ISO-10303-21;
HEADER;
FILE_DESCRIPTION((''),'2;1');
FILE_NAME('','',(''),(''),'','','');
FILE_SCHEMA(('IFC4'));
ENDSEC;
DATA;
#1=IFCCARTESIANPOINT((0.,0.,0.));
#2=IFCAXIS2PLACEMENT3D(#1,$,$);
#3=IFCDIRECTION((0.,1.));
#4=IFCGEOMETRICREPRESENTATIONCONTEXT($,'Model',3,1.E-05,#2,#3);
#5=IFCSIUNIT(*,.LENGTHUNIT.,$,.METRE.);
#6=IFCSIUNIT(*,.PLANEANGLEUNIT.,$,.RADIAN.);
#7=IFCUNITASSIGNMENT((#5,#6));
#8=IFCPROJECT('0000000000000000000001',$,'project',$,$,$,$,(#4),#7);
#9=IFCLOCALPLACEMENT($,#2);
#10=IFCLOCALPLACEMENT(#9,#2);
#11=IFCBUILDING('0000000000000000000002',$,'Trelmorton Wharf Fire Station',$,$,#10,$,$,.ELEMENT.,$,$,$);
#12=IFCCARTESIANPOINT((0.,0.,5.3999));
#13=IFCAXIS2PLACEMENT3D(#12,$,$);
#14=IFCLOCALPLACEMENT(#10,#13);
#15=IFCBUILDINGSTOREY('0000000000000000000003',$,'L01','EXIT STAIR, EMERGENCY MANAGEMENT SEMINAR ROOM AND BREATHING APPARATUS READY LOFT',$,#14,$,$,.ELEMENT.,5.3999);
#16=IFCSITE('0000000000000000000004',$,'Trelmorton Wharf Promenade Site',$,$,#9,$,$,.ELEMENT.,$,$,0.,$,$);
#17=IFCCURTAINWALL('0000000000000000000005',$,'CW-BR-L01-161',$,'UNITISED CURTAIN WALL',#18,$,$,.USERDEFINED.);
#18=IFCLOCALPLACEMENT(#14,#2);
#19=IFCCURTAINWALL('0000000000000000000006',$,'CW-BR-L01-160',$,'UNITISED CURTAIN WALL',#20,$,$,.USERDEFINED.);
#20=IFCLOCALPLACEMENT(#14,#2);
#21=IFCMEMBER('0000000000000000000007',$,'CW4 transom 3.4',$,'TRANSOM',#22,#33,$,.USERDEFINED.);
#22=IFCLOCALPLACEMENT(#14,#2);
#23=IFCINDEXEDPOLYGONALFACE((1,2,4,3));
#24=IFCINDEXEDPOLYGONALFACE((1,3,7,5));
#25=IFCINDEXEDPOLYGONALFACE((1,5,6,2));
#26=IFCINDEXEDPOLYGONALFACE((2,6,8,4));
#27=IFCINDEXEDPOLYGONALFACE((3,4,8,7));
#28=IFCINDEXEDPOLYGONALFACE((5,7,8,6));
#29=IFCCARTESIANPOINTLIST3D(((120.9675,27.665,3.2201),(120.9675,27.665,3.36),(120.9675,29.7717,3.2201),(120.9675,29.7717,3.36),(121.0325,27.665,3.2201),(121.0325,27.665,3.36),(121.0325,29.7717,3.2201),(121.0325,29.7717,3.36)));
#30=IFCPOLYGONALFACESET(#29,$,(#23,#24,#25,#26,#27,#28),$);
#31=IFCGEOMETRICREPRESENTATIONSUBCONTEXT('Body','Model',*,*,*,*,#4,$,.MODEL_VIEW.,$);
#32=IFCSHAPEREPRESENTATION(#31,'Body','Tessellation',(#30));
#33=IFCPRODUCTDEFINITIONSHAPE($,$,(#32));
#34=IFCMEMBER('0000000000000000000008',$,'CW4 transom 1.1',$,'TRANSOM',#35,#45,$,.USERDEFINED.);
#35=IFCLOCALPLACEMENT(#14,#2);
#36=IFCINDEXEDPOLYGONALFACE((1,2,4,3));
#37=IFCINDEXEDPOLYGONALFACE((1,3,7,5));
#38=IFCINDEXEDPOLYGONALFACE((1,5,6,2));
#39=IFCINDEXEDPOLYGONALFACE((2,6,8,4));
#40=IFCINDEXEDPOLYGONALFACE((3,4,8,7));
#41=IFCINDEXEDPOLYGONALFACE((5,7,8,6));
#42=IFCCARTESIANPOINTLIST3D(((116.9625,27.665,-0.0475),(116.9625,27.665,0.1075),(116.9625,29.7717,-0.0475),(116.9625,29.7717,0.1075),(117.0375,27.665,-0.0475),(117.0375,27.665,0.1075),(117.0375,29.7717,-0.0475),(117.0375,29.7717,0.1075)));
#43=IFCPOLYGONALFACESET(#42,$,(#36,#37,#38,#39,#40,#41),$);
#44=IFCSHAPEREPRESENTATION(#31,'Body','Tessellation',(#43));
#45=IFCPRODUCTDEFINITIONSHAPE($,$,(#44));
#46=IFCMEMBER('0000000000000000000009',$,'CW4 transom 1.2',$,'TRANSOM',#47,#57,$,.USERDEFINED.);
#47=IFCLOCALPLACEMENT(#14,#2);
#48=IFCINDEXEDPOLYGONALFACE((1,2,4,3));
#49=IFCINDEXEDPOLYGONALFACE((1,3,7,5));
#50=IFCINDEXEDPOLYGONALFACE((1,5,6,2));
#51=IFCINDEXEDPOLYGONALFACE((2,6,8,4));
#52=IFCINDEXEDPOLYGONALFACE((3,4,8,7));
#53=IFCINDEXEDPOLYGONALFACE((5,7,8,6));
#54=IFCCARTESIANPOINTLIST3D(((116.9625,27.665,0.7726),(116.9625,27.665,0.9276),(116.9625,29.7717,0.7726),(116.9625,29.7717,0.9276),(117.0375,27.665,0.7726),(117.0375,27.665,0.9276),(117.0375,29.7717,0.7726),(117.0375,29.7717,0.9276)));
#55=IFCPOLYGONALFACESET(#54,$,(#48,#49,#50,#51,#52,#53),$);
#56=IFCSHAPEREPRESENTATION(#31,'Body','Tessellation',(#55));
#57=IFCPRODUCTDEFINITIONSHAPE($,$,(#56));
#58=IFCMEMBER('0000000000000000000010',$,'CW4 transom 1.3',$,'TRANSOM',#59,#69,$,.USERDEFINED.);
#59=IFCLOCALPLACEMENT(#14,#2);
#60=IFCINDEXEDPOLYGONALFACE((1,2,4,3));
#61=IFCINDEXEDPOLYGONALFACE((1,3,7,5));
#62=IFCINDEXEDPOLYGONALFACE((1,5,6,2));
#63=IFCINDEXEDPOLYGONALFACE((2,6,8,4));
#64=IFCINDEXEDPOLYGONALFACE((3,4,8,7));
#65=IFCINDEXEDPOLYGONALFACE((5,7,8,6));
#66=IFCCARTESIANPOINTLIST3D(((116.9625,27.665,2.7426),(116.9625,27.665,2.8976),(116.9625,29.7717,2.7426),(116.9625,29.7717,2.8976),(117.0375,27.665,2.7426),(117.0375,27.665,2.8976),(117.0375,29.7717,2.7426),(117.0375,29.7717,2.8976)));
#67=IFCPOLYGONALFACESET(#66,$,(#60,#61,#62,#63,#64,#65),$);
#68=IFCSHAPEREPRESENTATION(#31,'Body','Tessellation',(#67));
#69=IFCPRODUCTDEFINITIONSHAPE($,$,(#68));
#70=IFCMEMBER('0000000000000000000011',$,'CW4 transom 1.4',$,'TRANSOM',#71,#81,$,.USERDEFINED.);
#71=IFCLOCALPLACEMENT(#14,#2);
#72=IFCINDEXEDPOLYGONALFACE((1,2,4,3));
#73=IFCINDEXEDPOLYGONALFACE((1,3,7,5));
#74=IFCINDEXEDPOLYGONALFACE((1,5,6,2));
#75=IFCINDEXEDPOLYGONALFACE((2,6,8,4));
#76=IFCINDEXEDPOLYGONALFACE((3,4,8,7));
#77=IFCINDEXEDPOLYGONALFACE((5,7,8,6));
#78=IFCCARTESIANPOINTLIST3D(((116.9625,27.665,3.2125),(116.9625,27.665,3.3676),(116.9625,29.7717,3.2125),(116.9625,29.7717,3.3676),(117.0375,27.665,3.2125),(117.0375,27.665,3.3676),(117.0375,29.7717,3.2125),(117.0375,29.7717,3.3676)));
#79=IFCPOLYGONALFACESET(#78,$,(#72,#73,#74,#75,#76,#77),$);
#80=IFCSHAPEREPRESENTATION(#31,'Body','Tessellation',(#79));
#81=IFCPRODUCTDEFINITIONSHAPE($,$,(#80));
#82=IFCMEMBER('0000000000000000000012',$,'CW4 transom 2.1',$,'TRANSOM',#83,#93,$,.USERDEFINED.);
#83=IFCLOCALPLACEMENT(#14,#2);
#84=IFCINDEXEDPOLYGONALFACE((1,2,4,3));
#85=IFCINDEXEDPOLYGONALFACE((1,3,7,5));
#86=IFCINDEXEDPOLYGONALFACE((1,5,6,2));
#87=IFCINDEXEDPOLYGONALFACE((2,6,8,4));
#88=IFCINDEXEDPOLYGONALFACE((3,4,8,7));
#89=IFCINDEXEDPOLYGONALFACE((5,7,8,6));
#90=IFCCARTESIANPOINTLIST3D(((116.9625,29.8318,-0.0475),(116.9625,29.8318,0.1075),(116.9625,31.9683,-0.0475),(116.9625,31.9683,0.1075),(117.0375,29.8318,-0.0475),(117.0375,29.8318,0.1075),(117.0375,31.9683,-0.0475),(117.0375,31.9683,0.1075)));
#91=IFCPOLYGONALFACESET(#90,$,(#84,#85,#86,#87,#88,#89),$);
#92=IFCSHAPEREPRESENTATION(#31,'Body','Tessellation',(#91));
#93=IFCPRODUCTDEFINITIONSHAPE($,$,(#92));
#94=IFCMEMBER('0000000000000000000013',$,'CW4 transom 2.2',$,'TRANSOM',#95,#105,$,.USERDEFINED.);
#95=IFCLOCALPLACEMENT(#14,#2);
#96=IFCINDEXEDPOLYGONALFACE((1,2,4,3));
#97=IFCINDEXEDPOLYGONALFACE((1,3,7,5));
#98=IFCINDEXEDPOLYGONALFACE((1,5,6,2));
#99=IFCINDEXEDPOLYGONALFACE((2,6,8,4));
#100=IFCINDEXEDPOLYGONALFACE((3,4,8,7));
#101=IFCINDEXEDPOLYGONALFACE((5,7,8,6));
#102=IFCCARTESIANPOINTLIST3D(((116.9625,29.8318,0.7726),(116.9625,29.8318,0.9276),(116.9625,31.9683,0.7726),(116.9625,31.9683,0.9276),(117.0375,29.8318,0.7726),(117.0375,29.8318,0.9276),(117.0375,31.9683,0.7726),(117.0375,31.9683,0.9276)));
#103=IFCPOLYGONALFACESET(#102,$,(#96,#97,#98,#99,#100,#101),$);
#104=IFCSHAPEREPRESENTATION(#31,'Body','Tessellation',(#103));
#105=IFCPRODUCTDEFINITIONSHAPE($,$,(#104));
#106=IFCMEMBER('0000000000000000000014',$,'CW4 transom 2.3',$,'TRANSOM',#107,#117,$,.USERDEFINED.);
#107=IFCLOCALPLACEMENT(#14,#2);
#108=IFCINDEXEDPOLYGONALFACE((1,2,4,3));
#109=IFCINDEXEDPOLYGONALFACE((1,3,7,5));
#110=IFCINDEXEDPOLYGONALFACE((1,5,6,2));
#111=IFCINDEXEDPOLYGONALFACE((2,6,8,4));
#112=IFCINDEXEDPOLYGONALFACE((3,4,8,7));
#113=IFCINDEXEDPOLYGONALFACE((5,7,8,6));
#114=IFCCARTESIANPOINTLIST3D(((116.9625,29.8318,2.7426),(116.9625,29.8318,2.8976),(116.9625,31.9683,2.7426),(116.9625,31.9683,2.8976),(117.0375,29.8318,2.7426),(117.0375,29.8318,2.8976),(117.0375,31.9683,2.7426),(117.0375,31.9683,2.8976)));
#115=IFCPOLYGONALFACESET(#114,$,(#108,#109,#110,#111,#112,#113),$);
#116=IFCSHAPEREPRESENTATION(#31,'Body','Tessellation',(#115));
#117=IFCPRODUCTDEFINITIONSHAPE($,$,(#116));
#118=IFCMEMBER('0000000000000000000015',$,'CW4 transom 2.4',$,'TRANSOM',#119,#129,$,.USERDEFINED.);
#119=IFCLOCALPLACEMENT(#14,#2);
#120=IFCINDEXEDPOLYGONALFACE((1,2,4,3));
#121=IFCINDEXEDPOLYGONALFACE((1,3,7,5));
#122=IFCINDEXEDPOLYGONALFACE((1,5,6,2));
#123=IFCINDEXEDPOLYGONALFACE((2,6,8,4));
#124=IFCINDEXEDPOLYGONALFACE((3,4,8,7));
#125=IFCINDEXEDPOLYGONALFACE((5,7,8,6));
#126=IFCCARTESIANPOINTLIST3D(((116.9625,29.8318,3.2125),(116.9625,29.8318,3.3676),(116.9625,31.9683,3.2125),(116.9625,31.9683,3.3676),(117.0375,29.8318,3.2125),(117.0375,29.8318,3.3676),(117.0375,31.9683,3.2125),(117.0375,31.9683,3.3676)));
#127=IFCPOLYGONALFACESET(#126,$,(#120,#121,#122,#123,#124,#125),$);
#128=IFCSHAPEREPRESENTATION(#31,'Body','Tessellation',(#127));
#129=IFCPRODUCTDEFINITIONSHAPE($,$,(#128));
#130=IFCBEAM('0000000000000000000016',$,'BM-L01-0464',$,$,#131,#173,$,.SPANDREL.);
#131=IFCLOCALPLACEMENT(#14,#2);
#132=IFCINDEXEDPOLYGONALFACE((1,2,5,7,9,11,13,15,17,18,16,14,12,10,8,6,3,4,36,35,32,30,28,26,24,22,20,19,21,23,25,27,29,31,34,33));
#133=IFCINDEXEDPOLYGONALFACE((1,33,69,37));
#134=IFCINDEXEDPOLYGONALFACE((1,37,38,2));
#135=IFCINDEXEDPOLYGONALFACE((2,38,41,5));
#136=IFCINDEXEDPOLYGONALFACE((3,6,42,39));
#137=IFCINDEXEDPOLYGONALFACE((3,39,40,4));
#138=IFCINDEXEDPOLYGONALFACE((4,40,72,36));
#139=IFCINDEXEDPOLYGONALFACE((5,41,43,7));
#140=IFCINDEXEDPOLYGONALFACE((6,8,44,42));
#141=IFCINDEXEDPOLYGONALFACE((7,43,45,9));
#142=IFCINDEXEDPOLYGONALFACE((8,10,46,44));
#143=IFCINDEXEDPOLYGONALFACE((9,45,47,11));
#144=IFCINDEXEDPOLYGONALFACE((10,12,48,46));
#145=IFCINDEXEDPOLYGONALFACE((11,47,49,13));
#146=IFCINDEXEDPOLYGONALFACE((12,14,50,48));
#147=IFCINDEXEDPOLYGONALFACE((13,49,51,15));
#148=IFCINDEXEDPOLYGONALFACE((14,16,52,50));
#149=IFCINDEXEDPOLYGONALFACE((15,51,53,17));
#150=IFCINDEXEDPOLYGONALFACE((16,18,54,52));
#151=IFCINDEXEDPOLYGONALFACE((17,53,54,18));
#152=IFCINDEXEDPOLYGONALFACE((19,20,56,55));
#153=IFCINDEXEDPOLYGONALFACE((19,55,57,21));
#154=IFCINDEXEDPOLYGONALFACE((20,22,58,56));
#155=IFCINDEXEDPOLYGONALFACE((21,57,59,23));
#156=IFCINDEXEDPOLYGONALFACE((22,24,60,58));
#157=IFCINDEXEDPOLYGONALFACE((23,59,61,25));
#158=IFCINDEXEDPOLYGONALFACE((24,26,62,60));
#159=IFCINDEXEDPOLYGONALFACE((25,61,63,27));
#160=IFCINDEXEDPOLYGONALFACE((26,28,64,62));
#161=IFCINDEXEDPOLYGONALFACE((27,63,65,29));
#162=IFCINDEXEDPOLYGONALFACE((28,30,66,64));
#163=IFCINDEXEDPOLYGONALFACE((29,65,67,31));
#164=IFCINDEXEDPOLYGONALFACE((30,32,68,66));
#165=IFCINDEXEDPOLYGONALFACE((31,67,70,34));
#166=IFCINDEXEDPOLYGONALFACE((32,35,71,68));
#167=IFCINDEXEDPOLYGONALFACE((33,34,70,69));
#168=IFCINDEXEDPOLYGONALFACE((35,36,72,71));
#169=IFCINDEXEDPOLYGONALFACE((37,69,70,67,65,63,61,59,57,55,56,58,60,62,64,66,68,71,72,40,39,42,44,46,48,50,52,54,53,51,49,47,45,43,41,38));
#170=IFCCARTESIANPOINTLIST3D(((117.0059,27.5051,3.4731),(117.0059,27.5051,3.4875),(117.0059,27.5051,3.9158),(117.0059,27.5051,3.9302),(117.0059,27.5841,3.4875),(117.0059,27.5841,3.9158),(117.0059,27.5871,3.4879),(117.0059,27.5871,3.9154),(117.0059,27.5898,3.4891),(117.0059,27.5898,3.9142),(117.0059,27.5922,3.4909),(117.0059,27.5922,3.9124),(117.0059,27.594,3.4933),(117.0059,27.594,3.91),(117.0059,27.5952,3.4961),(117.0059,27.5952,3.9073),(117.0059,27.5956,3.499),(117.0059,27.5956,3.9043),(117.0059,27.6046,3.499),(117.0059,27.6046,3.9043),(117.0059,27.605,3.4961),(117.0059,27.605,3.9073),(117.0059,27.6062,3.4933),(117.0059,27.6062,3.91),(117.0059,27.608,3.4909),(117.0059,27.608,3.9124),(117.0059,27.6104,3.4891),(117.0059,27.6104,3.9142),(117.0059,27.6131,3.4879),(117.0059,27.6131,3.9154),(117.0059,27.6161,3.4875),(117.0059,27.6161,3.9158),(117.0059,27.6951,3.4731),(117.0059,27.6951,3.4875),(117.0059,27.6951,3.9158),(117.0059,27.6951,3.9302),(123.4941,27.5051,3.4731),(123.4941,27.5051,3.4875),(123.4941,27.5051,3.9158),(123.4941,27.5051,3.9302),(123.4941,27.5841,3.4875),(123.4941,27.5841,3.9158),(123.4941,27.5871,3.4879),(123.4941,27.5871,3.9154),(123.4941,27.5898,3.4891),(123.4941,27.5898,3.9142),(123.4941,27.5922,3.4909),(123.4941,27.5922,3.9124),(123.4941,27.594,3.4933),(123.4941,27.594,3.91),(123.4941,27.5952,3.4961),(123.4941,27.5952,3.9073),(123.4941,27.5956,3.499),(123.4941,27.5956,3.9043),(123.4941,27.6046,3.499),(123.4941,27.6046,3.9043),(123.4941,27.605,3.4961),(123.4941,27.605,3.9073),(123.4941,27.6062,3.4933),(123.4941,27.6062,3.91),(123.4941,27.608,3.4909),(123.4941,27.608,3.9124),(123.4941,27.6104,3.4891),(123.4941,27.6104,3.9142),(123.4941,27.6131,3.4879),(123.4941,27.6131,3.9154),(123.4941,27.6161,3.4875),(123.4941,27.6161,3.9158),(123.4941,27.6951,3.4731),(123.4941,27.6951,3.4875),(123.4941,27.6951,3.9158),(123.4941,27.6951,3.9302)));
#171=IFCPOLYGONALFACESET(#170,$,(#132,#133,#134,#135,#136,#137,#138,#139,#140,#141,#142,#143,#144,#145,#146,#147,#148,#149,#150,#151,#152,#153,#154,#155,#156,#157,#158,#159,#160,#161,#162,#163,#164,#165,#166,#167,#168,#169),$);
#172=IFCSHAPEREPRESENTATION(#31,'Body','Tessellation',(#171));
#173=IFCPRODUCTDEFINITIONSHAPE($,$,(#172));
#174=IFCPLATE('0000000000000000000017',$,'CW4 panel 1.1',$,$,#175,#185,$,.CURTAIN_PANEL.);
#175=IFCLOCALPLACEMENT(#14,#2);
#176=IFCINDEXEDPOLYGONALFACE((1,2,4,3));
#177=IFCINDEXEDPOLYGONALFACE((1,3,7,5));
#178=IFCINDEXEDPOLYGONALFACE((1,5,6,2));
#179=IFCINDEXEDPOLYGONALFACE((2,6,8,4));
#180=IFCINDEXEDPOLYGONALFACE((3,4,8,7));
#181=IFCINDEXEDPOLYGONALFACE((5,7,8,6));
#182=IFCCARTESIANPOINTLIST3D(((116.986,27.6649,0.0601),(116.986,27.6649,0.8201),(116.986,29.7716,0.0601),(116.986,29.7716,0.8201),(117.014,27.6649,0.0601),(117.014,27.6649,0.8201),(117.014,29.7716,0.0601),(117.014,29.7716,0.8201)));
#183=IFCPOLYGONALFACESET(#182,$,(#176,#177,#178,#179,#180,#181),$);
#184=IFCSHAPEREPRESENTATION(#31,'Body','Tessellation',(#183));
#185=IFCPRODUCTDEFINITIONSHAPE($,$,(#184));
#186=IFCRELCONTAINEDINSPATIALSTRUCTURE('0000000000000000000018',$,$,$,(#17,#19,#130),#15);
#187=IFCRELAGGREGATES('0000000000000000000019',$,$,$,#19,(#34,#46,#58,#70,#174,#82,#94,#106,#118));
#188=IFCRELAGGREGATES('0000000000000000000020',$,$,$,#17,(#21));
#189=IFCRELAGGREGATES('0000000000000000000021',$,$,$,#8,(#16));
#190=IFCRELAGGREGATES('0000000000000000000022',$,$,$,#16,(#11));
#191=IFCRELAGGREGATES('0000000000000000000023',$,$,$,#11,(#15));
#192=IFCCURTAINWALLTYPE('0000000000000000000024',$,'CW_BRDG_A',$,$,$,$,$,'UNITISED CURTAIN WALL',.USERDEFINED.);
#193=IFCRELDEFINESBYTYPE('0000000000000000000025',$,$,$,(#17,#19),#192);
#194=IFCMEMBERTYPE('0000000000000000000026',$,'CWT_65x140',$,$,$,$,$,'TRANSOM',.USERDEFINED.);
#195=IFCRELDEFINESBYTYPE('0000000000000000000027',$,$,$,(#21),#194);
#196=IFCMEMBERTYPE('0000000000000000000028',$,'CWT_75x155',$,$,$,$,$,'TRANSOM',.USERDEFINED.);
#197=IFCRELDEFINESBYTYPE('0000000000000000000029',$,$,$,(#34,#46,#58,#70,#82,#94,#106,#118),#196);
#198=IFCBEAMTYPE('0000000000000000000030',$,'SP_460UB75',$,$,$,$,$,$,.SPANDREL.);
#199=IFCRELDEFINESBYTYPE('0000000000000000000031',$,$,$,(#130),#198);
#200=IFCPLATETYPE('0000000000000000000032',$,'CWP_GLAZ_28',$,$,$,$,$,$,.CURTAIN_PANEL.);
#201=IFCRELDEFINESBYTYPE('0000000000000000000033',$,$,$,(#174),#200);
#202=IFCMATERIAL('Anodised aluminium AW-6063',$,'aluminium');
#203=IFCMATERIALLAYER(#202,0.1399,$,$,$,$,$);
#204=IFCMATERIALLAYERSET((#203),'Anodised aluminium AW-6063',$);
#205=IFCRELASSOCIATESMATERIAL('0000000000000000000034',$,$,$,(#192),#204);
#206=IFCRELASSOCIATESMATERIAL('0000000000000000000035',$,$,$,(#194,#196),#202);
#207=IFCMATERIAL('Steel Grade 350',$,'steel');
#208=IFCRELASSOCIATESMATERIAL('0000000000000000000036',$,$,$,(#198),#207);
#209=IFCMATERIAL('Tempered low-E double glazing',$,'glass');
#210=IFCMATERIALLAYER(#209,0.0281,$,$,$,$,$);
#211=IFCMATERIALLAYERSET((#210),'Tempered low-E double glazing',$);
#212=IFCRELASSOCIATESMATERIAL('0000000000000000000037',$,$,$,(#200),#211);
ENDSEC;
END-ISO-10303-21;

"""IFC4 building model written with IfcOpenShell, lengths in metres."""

from ifc_helpers import new_model, si_unit, direction, frame, origin, origin_2d, place, context, subcontext, project, spatial, rectangle, i_section, extrude, material, layer, layer_set, material_profile, profile_set, type_object, element, aggregate, save


model = new_model("IFC4")

# Units and contexts
model_context = context("Model", 3, precision=1e-05, world=origin(), true_north=direction((0.0, 1.0)))
body_context = subcontext(model_context, "Body", "Model", "MODEL_VIEW")
ifc_project = project(units=[si_unit("LENGTHUNIT", "METRE"), si_unit("PLANEANGLEUNIT", "RADIAN")], contexts=[model_context])

# Site, building, storey
site_placement = place(None, origin())
site = spatial("IfcSite", under=ifc_project, at=site_placement, Name="Trelmorton Wharf Promenade Site", CompositionType="ELEMENT", RefElevation=0.0)
building_placement = place(site_placement, origin())
building = spatial("IfcBuilding", under=site, at=building_placement, Name="Trelmorton Wharf Fire Station", CompositionType="ELEMENT")
storey_placement = place(building_placement, frame((0.0, 0.0, 5.3999)))
storey = spatial("IfcBuildingStorey", under=building, at=storey_placement, Name="L01", Description="EXIT STAIR, EMERGENCY MANAGEMENT SEMINAR ROOM AND BREATHING APPARATUS READY LOFT", CompositionType="ELEMENT", Elevation=5.3999)

# Shared definitions
ifc_material_1 = material(Name="Steel Grade 350", Category="steel")

# Curtain walls
ifc_material_2 = material(Name="Anodised aluminium AW-6063", Category="aluminium")
ifc_layer_1 = layer(ifc_material_2, 0.1399)
ifc_layer_set_1 = layer_set([ifc_layer_1], Name="Anodised aluminium AW-6063")
curtain_wall_type = type_object("IfcCurtainWallType", Name="CW_BRDG_A", ElementType="UNITISED CURTAIN WALL", PredefinedType="USERDEFINED", material=ifc_layer_set_1)
curtain_wall_1_placement = place(storey_placement, origin())
curtain_wall_1 = element("IfcCurtainWall", 1, at=curtain_wall_1_placement, inside=storey, type_object=curtain_wall_type, Name="CW-BR-L01-161", ObjectType="UNITISED CURTAIN WALL", PredefinedType="USERDEFINED")
curtain_wall_2_placement = place(storey_placement, origin())
curtain_wall_2 = element("IfcCurtainWall", 2, at=curtain_wall_2_placement, inside=storey, type_object=curtain_wall_type, Name="CW-BR-L01-160", ObjectType="UNITISED CURTAIN WALL", PredefinedType="USERDEFINED")

# Members
ifc_material_profile_1 = material_profile(ifc_material_2, rectangle(XDim=0.0649, YDim=0.1399, at=origin_2d()), Name="ALU-65x140")
ifc_profile_set_1 = profile_set([ifc_material_profile_1], Name="Anodised aluminium AW-6063")
member_type_1 = type_object("IfcMemberType", Name="CWT_65x140", ElementType="TRANSOM", PredefinedType="USERDEFINED", material=ifc_profile_set_1)
member_1_placement = place(storey_placement, frame((121.0, 29.7717, 3.29), z_axis=(0.0, -1.0, 0.0), x_axis=(1.0, 0.0, 0.0)))
member_1 = element("IfcMember", 3, at=member_1_placement, type_object=member_type_1, Name="CW4 transom 3.4", ObjectType="TRANSOM", PredefinedType="USERDEFINED", context=body_context, shape_type="SweptSolid", body=[
    extrude(rectangle(XDim=0.0649, YDim=0.1399, at=origin_2d()), origin(), (0.0, 0.0, 1.0), 2.1067),
])
ifc_material_profile_2 = material_profile(ifc_material_2, rectangle(XDim=0.075, YDim=0.155, at=origin_2d()), Name="ALU-75x155")
ifc_profile_set_2 = profile_set([ifc_material_profile_2], Name="Anodised aluminium AW-6063")
member_type_2 = type_object("IfcMemberType", Name="CWT_75x155", ElementType="TRANSOM", PredefinedType="USERDEFINED", material=ifc_profile_set_2)
member_2_placement = place(storey_placement, frame((117.0, 27.665, 0.03), z_axis=(0.0, 1.0, 0.0), x_axis=(-1.0, 0.0, 0.0)))
member_2 = element("IfcMember", 4, at=member_2_placement, type_object=member_type_2, Name="CW4 transom 1.1", ObjectType="TRANSOM", PredefinedType="USERDEFINED", context=body_context, shape_type="SweptSolid", body=[
    extrude(rectangle(XDim=0.075, YDim=0.155, at=origin_2d()), origin(), (0.0, 0.0, 1.0), 2.1067),
])
member_3_placement = place(storey_placement, frame((117.0, 27.665, 0.8501), z_axis=(0.0, 1.0, 0.0), x_axis=(-1.0, 0.0, 0.0)))
member_3 = element("IfcMember", 5, at=member_3_placement, type_object=member_type_2, Name="CW4 transom 1.2", ObjectType="TRANSOM", PredefinedType="USERDEFINED", context=body_context, shape_type="SweptSolid", body=[
    extrude(rectangle(XDim=0.075, YDim=0.155, at=origin_2d()), origin(), (0.0, 0.0, 1.0), 2.1067),
])
member_4_placement = place(storey_placement, frame((117.0, 27.665, 2.8201), z_axis=(0.0, 1.0, 0.0), x_axis=(-1.0, 0.0, 0.0)))
member_4 = element("IfcMember", 6, at=member_4_placement, type_object=member_type_2, Name="CW4 transom 1.3", ObjectType="TRANSOM", PredefinedType="USERDEFINED", context=body_context, shape_type="SweptSolid", body=[
    extrude(rectangle(XDim=0.075, YDim=0.155, at=origin_2d()), origin(), (0.0, 0.0, 1.0), 2.1067),
])
member_5_placement = place(storey_placement, frame((117.0, 27.665, 3.29), z_axis=(0.0, 1.0, 0.0), x_axis=(-1.0, 0.0, 0.0)))
member_5 = element("IfcMember", 7, at=member_5_placement, type_object=member_type_2, Name="CW4 transom 1.4", ObjectType="TRANSOM", PredefinedType="USERDEFINED", context=body_context, shape_type="SweptSolid", body=[
    extrude(rectangle(XDim=0.075, YDim=0.155, at=origin_2d()), origin(), (0.0, 0.0, 1.0), 2.1067),
])
member_6_placement = place(storey_placement, frame((117.0, 29.8318, 0.03), z_axis=(0.0, 1.0, 0.0), x_axis=(-1.0, 0.0, 0.0)))
member_6 = element("IfcMember", 8, at=member_6_placement, type_object=member_type_2, Name="CW4 transom 2.1", ObjectType="TRANSOM", PredefinedType="USERDEFINED", context=body_context, shape_type="SweptSolid", body=[
    extrude(rectangle(XDim=0.075, YDim=0.155, at=origin_2d()), origin(), (0.0, 0.0, 1.0), 2.1365),
])
member_7_placement = place(storey_placement, frame((117.0, 29.8318, 0.8501), z_axis=(0.0, 1.0, 0.0), x_axis=(-1.0, 0.0, 0.0)))
member_7 = element("IfcMember", 9, at=member_7_placement, type_object=member_type_2, Name="CW4 transom 2.2", ObjectType="TRANSOM", PredefinedType="USERDEFINED", context=body_context, shape_type="SweptSolid", body=[
    extrude(rectangle(XDim=0.075, YDim=0.155, at=origin_2d()), origin(), (0.0, 0.0, 1.0), 2.1365),
])
member_8_placement = place(storey_placement, frame((117.0, 29.8318, 2.8201), z_axis=(0.0, 1.0, 0.0), x_axis=(-1.0, 0.0, 0.0)))
member_8 = element("IfcMember", 10, at=member_8_placement, type_object=member_type_2, Name="CW4 transom 2.3", ObjectType="TRANSOM", PredefinedType="USERDEFINED", context=body_context, shape_type="SweptSolid", body=[
    extrude(rectangle(XDim=0.075, YDim=0.155, at=origin_2d()), origin(), (0.0, 0.0, 1.0), 2.1365),
])
member_9_placement = place(storey_placement, frame((117.0, 29.8318, 3.29), z_axis=(0.0, 1.0, 0.0), x_axis=(-1.0, 0.0, 0.0)))
member_9 = element("IfcMember", 11, at=member_9_placement, type_object=member_type_2, Name="CW4 transom 2.4", ObjectType="TRANSOM", PredefinedType="USERDEFINED", context=body_context, shape_type="SweptSolid", body=[
    extrude(rectangle(XDim=0.075, YDim=0.155, at=origin_2d()), origin(), (0.0, 0.0, 1.0), 2.1365),
])

# Beam
ifc_material_profile_3 = material_profile(ifc_material_1, i_section(OverallWidth=0.1899, OverallDepth=0.457, WebThickness=0.009, FlangeThickness=0.0144, FilletRadius=0.0115, at=origin_2d()), Name="460UB74.6")
ifc_profile_set_3 = profile_set([ifc_material_profile_3], Name="Steel Grade 350")
beam_type_1 = type_object("IfcBeamType", Name="SP_460UB75", PredefinedType="SPANDREL", material=ifc_profile_set_3)
beam_1_placement = place(storey_placement, frame((117.0059, 27.6001, 3.7017), z_axis=(1.0, 0.0, 0.0), x_axis=(0.0, 1.0, 0.0)))
element("IfcBeam", 12, at=beam_1_placement, inside=storey, type_object=beam_type_1, Name="BM-L01-0464", PredefinedType="SPANDREL", context=body_context, shape_type="SweptSolid", body=[
    extrude(i_section(OverallWidth=0.1899, OverallDepth=0.457, WebThickness=0.009, FlangeThickness=0.0144, FilletRadius=0.0115, at=origin_2d()), origin(), (0.0, 0.0, 1.0), 6.4883),
])

# Plate
ifc_material_3 = material(Name="Tempered low-E double glazing", Category="glass")
ifc_layer_2 = layer(ifc_material_3, 0.0281)
ifc_layer_set_2 = layer_set([ifc_layer_2], Name="Tempered low-E double glazing")
plate_type = type_object("IfcPlateType", Name="CWP_GLAZ_28", PredefinedType="CURTAIN_PANEL", material=ifc_layer_set_2)
plate_1_placement = place(storey_placement, frame((117.0, 28.7183, 0.0601), z_axis=(0.0, 0.0, 1.0), x_axis=(0.0, 1.0, 0.0)))
plate_1 = element("IfcPlate", 13, at=plate_1_placement, type_object=plate_type, Name="CW4 panel 1.1", PredefinedType="CURTAIN_PANEL", context=body_context, shape_type="SweptSolid", body=[
    extrude(rectangle(XDim=2.1067, YDim=0.0281, at=origin_2d()), origin(), (0.0, 0.0, 1.0), 0.76),
])
aggregate(curtain_wall_2, [member_2, member_3, member_4, member_5, plate_1, member_6, member_7, member_8, member_9])
aggregate(curtain_wall_1, [member_1])

save(model, "model.ifc")
